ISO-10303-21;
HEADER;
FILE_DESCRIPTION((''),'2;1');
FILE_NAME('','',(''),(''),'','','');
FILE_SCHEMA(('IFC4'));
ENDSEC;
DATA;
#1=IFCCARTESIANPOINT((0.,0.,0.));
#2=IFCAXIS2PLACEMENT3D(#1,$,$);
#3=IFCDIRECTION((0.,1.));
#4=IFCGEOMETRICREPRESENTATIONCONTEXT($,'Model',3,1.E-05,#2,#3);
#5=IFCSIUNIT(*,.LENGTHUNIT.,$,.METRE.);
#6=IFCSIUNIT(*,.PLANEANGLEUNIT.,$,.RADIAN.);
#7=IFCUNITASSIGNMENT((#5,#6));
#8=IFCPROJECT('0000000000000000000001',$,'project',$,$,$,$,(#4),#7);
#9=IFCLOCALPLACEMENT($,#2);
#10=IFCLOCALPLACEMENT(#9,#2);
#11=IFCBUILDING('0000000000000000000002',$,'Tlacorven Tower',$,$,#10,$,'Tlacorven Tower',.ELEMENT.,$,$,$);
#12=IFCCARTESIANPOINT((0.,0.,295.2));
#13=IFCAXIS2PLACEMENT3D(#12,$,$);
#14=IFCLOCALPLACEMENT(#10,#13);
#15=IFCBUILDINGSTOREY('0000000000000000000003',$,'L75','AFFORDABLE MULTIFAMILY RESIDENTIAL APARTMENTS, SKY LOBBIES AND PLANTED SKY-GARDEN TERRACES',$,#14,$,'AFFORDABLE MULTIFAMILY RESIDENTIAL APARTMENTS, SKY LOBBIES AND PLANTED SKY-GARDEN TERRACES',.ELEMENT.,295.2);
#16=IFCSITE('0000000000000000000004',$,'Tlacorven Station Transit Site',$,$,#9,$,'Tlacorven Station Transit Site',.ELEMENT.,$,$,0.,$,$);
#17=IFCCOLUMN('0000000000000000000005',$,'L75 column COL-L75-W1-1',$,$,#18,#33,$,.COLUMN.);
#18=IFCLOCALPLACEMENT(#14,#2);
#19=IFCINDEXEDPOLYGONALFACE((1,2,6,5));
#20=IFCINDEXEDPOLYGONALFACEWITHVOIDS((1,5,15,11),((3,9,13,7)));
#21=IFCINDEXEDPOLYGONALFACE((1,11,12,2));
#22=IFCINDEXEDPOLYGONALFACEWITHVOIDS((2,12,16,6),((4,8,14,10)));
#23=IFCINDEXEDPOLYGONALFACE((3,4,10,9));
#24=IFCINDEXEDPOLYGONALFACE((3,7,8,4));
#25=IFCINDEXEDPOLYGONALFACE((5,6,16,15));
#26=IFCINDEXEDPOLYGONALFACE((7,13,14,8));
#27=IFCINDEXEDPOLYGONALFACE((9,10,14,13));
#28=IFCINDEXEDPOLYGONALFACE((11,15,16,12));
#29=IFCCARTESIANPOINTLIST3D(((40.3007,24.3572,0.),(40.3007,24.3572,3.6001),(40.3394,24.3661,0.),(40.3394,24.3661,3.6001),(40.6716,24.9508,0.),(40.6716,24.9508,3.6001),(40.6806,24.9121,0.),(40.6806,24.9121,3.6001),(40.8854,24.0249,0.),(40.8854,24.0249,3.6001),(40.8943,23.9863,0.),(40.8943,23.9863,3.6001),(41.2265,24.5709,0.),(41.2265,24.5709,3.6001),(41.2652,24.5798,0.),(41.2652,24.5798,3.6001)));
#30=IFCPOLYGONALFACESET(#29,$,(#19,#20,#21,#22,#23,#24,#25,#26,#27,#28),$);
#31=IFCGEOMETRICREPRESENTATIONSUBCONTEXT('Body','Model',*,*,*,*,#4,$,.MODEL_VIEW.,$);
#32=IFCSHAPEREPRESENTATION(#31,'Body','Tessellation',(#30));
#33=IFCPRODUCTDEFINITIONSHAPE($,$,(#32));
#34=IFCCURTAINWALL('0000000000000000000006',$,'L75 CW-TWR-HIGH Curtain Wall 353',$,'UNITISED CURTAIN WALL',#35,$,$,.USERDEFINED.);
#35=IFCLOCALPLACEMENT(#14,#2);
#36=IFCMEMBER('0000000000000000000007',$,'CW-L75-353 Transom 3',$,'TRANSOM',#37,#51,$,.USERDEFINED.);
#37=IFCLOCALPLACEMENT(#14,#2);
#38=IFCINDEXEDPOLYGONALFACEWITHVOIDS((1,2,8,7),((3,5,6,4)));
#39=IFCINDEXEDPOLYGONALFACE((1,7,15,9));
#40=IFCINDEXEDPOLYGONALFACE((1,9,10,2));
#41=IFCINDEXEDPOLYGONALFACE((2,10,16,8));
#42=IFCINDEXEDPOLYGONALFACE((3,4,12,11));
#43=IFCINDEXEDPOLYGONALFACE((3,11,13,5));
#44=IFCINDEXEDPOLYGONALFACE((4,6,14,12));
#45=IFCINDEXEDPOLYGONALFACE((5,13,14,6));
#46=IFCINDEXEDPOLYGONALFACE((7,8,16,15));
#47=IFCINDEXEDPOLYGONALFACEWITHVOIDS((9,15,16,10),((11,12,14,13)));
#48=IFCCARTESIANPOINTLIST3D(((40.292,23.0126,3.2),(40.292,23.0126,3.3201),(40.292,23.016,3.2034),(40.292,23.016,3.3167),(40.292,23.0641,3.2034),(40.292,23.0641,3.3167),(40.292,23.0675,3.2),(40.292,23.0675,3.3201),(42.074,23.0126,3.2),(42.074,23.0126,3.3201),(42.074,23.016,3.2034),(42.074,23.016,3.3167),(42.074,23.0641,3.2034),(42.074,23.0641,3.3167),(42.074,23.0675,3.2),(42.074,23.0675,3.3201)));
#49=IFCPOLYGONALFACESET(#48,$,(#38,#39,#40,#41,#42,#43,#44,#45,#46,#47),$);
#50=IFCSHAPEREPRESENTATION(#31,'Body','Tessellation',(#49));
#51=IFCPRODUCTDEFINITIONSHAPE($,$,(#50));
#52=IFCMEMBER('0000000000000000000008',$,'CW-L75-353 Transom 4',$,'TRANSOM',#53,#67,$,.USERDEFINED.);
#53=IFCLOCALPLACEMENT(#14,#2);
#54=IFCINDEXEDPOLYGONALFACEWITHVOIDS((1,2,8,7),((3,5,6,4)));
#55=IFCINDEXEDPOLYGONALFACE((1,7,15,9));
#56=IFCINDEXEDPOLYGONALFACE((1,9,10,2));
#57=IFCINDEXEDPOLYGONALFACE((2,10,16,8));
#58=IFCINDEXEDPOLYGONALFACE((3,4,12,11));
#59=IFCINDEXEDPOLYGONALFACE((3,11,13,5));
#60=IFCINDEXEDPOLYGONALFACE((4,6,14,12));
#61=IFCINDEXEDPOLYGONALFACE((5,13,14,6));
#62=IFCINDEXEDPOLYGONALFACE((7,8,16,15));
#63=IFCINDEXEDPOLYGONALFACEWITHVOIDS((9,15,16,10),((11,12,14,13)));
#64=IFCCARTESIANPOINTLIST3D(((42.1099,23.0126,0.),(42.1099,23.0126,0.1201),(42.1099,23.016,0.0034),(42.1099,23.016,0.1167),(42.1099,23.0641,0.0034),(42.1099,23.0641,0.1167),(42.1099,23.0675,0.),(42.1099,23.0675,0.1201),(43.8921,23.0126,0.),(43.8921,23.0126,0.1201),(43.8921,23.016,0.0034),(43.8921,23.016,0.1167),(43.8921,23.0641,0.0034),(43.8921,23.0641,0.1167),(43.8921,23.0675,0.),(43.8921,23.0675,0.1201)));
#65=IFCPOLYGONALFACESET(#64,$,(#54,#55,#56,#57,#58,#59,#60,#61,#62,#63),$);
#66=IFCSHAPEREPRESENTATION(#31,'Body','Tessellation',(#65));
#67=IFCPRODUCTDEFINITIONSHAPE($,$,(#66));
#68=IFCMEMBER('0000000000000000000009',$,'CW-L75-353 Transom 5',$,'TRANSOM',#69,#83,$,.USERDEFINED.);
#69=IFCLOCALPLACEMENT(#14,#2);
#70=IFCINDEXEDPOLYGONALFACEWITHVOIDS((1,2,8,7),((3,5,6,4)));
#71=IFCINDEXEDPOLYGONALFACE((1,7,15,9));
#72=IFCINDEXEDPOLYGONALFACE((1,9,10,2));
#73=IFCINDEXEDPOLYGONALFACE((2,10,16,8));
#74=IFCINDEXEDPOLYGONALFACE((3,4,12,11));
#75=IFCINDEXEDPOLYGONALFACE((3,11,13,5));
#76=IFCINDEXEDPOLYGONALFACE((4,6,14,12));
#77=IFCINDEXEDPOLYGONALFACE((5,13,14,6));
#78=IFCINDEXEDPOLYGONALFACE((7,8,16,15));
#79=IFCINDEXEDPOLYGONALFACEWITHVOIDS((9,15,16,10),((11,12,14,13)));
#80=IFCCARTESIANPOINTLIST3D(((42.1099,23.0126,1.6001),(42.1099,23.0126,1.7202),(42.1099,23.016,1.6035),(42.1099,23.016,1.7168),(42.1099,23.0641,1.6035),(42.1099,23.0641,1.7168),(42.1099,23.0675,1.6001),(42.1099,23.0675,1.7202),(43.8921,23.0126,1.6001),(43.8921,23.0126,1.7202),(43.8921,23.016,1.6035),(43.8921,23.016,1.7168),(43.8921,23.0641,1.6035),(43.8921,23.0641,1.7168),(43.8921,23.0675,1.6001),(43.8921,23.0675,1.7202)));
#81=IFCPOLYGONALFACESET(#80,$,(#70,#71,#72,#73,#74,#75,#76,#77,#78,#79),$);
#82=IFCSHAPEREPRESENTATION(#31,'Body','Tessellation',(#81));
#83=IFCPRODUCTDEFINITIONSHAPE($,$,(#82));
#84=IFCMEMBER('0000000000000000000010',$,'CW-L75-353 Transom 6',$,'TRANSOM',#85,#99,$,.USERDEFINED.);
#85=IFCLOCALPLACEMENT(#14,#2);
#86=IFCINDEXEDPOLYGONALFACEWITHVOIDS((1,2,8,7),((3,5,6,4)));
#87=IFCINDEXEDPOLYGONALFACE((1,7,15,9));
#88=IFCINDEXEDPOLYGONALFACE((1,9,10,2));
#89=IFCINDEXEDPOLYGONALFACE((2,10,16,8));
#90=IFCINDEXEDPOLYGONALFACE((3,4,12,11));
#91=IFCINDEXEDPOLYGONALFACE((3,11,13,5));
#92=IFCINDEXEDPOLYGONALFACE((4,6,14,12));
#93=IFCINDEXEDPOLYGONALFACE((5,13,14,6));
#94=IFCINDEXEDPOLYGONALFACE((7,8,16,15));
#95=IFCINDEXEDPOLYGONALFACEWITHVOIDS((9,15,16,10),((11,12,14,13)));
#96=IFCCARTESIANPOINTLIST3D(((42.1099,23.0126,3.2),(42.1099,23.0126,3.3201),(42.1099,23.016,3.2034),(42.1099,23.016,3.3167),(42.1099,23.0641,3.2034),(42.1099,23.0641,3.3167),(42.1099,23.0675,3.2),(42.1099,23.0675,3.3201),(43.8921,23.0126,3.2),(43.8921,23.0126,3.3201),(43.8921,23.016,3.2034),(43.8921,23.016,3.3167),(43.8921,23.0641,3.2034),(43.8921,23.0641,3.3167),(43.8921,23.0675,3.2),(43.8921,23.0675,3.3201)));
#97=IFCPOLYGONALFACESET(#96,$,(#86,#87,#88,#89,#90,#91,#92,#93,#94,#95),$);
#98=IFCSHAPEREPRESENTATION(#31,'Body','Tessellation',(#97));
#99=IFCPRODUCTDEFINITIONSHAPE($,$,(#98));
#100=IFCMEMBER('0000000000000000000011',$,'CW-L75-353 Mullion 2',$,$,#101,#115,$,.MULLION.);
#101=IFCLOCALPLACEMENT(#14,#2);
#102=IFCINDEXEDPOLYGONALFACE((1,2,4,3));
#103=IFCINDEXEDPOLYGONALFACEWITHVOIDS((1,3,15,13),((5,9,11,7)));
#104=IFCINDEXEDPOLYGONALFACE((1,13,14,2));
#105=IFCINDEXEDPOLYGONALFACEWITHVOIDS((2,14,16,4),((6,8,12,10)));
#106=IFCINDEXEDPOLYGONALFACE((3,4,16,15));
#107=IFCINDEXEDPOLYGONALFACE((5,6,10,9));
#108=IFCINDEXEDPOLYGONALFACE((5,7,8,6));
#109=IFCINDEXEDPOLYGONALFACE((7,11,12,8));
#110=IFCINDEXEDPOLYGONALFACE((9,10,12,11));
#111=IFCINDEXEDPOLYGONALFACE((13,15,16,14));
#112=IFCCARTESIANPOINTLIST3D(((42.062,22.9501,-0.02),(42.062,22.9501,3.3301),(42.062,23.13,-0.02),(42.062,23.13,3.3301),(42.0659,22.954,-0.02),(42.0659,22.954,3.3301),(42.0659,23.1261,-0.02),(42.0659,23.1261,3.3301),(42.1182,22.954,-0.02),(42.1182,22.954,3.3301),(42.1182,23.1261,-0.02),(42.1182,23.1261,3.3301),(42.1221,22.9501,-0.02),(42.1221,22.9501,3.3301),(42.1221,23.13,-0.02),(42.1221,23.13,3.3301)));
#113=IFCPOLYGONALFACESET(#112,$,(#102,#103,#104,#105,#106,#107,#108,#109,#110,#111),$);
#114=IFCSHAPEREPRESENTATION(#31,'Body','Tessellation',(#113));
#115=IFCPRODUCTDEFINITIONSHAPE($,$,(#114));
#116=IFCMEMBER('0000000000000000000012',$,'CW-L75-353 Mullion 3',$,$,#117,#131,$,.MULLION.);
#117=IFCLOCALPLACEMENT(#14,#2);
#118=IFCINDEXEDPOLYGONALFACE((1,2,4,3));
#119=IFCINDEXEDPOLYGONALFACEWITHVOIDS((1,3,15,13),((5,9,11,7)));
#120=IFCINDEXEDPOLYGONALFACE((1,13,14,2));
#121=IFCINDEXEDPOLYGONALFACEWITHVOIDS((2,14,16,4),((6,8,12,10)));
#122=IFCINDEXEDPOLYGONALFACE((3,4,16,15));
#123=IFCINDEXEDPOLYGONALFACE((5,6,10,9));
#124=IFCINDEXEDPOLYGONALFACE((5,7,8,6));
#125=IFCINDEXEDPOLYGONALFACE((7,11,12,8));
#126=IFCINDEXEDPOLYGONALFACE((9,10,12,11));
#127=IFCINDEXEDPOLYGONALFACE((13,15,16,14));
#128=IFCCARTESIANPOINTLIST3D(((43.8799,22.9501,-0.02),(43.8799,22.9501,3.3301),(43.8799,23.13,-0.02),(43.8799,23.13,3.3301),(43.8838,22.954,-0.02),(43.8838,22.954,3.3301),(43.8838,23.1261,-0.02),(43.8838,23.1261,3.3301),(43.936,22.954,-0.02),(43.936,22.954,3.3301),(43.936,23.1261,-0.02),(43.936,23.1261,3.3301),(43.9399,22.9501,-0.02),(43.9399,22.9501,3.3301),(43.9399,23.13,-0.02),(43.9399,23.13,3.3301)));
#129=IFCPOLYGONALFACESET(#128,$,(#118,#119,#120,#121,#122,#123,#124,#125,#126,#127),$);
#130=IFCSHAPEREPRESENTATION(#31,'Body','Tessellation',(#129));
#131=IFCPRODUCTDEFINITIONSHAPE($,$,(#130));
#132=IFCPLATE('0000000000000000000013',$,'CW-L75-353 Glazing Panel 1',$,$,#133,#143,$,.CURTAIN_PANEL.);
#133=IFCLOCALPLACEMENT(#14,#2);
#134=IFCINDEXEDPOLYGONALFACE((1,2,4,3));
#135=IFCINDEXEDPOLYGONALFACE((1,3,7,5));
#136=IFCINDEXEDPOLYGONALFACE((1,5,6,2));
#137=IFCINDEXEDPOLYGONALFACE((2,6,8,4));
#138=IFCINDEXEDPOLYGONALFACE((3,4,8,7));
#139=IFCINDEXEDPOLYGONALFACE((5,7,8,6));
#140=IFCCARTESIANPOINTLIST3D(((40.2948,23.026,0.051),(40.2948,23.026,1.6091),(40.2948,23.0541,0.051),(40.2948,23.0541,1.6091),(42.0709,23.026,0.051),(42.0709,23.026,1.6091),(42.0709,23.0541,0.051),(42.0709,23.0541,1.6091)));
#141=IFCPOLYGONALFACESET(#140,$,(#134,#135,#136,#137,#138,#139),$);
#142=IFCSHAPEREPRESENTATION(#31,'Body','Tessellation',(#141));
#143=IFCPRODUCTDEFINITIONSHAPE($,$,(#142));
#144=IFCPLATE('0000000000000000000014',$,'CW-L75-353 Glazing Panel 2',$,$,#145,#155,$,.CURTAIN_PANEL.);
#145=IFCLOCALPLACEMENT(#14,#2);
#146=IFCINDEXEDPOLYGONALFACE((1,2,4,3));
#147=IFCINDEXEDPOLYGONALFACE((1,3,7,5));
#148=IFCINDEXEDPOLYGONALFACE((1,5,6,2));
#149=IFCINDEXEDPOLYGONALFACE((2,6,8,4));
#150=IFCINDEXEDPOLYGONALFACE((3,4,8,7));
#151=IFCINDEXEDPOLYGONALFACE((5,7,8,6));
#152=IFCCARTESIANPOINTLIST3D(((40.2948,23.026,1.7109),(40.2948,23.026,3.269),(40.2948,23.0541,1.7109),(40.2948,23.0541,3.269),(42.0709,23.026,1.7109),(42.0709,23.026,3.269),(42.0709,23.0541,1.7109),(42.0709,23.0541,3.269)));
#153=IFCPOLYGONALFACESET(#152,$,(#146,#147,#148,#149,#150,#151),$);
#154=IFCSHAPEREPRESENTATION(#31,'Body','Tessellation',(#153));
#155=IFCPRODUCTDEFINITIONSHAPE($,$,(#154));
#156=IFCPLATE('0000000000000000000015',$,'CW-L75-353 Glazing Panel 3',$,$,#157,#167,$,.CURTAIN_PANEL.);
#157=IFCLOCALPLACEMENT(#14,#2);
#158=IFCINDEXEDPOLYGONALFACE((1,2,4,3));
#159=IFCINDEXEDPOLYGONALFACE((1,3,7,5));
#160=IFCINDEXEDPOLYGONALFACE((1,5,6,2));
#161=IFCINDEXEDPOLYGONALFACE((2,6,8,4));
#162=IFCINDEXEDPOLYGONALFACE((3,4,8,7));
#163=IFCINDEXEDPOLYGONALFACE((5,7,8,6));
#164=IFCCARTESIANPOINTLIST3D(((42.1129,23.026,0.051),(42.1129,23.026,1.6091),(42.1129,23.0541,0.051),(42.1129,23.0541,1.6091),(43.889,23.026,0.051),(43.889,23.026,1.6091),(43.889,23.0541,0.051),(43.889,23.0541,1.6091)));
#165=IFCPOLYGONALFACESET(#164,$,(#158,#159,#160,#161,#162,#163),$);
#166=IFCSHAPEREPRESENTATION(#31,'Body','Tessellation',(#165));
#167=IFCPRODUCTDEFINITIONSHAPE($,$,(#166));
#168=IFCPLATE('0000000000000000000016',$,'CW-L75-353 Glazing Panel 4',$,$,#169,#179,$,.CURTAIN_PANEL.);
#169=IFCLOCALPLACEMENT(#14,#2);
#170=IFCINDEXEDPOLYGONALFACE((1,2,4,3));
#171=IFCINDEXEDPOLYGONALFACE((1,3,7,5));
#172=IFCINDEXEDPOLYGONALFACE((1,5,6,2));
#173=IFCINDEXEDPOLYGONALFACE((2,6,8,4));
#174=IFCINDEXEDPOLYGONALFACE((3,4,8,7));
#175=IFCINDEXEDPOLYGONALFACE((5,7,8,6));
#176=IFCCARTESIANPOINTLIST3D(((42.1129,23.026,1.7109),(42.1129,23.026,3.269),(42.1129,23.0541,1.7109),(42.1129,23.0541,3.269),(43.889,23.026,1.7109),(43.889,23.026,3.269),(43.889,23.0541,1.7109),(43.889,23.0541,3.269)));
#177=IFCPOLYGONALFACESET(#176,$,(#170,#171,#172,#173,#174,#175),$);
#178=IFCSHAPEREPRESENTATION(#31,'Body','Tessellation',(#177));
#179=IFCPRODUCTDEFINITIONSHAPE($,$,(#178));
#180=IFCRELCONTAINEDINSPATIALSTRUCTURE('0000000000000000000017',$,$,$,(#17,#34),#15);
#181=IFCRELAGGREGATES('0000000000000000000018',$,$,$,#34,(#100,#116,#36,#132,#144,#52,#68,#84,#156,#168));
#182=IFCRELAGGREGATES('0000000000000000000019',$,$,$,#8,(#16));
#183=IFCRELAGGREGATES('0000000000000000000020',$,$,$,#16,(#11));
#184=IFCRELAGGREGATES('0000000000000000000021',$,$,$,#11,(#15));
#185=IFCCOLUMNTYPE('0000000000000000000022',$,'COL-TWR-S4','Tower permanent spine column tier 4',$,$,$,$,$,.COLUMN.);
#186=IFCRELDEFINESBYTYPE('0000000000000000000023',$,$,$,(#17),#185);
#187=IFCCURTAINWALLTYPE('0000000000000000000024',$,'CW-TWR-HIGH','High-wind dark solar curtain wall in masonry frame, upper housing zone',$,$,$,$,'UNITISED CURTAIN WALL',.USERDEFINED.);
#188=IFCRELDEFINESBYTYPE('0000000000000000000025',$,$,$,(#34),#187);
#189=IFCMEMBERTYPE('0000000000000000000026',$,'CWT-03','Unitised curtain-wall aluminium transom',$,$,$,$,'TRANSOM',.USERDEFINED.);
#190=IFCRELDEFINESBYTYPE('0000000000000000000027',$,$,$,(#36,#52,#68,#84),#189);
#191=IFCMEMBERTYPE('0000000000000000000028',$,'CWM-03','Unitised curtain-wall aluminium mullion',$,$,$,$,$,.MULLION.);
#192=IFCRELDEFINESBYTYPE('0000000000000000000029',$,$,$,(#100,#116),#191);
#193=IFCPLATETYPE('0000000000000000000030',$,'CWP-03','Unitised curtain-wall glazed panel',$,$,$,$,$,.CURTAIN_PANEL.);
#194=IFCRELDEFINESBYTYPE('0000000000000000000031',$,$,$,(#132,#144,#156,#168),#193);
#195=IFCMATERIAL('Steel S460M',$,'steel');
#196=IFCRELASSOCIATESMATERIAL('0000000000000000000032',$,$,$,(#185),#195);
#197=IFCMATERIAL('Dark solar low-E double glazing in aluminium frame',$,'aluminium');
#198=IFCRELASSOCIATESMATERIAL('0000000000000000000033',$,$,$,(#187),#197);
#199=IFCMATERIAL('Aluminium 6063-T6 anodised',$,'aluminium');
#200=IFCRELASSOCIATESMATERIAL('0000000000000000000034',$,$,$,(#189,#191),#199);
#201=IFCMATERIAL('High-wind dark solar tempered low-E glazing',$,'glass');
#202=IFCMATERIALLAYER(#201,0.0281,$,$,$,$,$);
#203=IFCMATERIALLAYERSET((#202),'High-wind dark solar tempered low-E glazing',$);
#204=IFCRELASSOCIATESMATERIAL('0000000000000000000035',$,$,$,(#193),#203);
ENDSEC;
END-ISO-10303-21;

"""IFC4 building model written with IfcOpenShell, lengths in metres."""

from ifc_helpers import new_model, si_unit, direction, frame, origin, origin_2d, place, context, subcontext, project, spatial, rectangle, hollow_rectangle, extrude, source, transform, mapped, material, layer, layer_set, material_profile, profile_set, type_object, element, aggregate, save


model = new_model("IFC4")

# Units and contexts
model_context = context("Model", 3, precision=1e-05, world=origin(), true_north=direction((0.0, 1.0)))
body_context = subcontext(model_context, "Body", "Model", "MODEL_VIEW")
ifc_project = project(units=[si_unit("LENGTHUNIT", "METRE"), si_unit("PLANEANGLEUNIT", "RADIAN")], contexts=[model_context])

# Site, building, storey
site_placement = place(None, origin())
site = spatial("IfcSite", under=ifc_project, at=site_placement, Name="Tlacorven Station Transit Site", LongName="Tlacorven Station Transit Site", CompositionType="ELEMENT", RefElevation=0.0)
building_placement = place(site_placement, origin())
building = spatial("IfcBuilding", under=site, at=building_placement, Name="Tlacorven Tower", LongName="Tlacorven Tower", CompositionType="ELEMENT")
storey_placement = place(building_placement, frame((0.0, 0.0, 295.2)))
storey = spatial("IfcBuildingStorey", under=building, at=storey_placement, Name="L75", Description="AFFORDABLE MULTIFAMILY RESIDENTIAL APARTMENTS, SKY LOBBIES AND PLANTED SKY-GARDEN TERRACES", LongName="AFFORDABLE MULTIFAMILY RESIDENTIAL APARTMENTS, SKY LOBBIES AND PLANTED SKY-GARDEN TERRACES", CompositionType="ELEMENT", Elevation=295.2)

# Column
ifc_material_1 = material(Name="Steel S460M", Category="steel")
ifc_material_profile_1 = material_profile(ifc_material_1, hollow_rectangle(XDim=0.7, YDim=0.7, WallThickness=0.0281, at=origin_2d()), Name="BOX 700X700X28")
ifc_profile_set_1 = profile_set([ifc_material_profile_1], Name="Steel S460M")
column_type = type_object("IfcColumnType", Name="COL-TWR-S4", Description="Tower permanent spine column tier 4", PredefinedType="COLUMN", material=ifc_profile_set_1)
shared_shape_1 = source(origin(), body_context, "Body", "SweptSolid", [
    extrude(hollow_rectangle(XDim=0.7, YDim=0.7, WallThickness=0.0281, at=origin_2d()), origin(), (0.0, 0.0, 1.0), 3.6001),
])
column_placement = place(storey_placement, frame((40.783, 24.4685, 0.0), z_axis=(0.0, 0.0, 1.0), x_axis=(-0.848048, 0.529919, 0.0)))
element("IfcColumn", 1, at=column_placement, inside=storey, type_object=column_type, Name="L75 column COL-L75-W1-1", PredefinedType="COLUMN", context=body_context, shape_type="MappedRepresentation", body=[
    mapped(shared_shape_1, transform((0.0, 0.0, 0.0), scale=1.0)),
])

# Curtain wall, members, plates
ifc_material_2 = material(Name="Dark solar low-E double glazing in aluminium frame", Category="aluminium")
curtain_wall_type = type_object("IfcCurtainWallType", Name="CW-TWR-HIGH", Description="High-wind dark solar curtain wall in masonry frame, upper housing zone", ElementType="UNITISED CURTAIN WALL", PredefinedType="USERDEFINED", material=ifc_material_2)
curtain_wall_placement = place(storey_placement, origin())
curtain_wall = element("IfcCurtainWall", 2, at=curtain_wall_placement, inside=storey, type_object=curtain_wall_type, Name="L75 CW-TWR-HIGH Curtain Wall 353", ObjectType="UNITISED CURTAIN WALL", PredefinedType="USERDEFINED")
ifc_material_3 = material(Name="Aluminium 6063-T6 anodised", Category="aluminium")
ifc_material_profile_2 = material_profile(ifc_material_3, hollow_rectangle(XDim=0.0549, YDim=0.1201, WallThickness=0.0034, at=origin_2d()), Name="ALU TRANSOM 55X120")
ifc_profile_set_2 = profile_set([ifc_material_profile_2], Name="Aluminium 6063-T6 anodised")
member_type_1 = type_object("IfcMemberType", Name="CWT-03", Description="Unitised curtain-wall aluminium transom", ElementType="TRANSOM", PredefinedType="USERDEFINED", material=ifc_profile_set_2)
shared_shape_2 = source(origin(), body_context, "Body", "SweptSolid", [
    extrude(hollow_rectangle(XDim=0.0549, YDim=0.1201, WallThickness=0.0034, at=origin_2d()), origin(), (0.0, 0.0, 1.0), 1.782),
])
member_1_placement = place(storey_placement, frame((40.292, 23.04, 3.26), z_axis=(1.0, 0.0, 0.0), x_axis=(0.0, 1.0, 0.0)))
member_1 = element("IfcMember", 3, at=member_1_placement, type_object=member_type_1, Name="CW-L75-353 Transom 3", ObjectType="TRANSOM", PredefinedType="USERDEFINED", context=body_context, shape_type="MappedRepresentation", body=[
    mapped(shared_shape_2, transform((0.0, 0.0, 0.0), scale=1.0)),
])
shared_shape_3 = source(origin(), body_context, "Body", "SweptSolid", [
    extrude(hollow_rectangle(XDim=0.0549, YDim=0.1201, WallThickness=0.0034, at=origin_2d()), origin(), (0.0, 0.0, 1.0), 1.7822),
])
member_2_placement = place(storey_placement, frame((42.1099, 23.04, 0.0601), z_axis=(1.0, 0.0, 0.0), x_axis=(0.0, 1.0, 0.0)))
member_2 = element("IfcMember", 4, at=member_2_placement, type_object=member_type_1, Name="CW-L75-353 Transom 4", ObjectType="TRANSOM", PredefinedType="USERDEFINED", context=body_context, shape_type="MappedRepresentation", body=[
    mapped(shared_shape_3, transform((0.0, 0.0, 0.0), scale=1.0)),
])
member_3_placement = place(storey_placement, frame((42.1099, 23.04, 1.6602), z_axis=(1.0, 0.0, 0.0), x_axis=(0.0, 1.0, 0.0)))
member_3 = element("IfcMember", 5, at=member_3_placement, type_object=member_type_1, Name="CW-L75-353 Transom 5", ObjectType="TRANSOM", PredefinedType="USERDEFINED", context=body_context, shape_type="MappedRepresentation", body=[
    mapped(shared_shape_3, transform((0.0, 0.0, 0.0), scale=1.0)),
])
member_4_placement = place(storey_placement, frame((42.1099, 23.04, 3.26), z_axis=(1.0, 0.0, 0.0), x_axis=(0.0, 1.0, 0.0)))
member_4 = element("IfcMember", 6, at=member_4_placement, type_object=member_type_1, Name="CW-L75-353 Transom 6", ObjectType="TRANSOM", PredefinedType="USERDEFINED", context=body_context, shape_type="MappedRepresentation", body=[
    mapped(shared_shape_3, transform((0.0, 0.0, 0.0), scale=1.0)),
])
ifc_material_profile_3 = material_profile(ifc_material_3, hollow_rectangle(XDim=0.0601, YDim=0.1799, WallThickness=0.0039, at=origin_2d()), Name="ALU MULLION 60X180")
ifc_profile_set_3 = profile_set([ifc_material_profile_3], Name="Aluminium 6063-T6 anodised")
member_type_2 = type_object("IfcMemberType", Name="CWM-03", Description="Unitised curtain-wall aluminium mullion", PredefinedType="MULLION", material=ifc_profile_set_3)
shared_shape_4 = source(origin(), body_context, "Body", "SweptSolid", [
    extrude(hollow_rectangle(XDim=0.0601, YDim=0.1799, WallThickness=0.0039, at=origin_2d()), origin(), (0.0, 0.0, 1.0), 3.3501),
])
member_5_placement = place(storey_placement, frame((42.092, 23.04, -0.02), z_axis=(0.0, 0.0, 1.0), x_axis=(1.0, 0.0, 0.0)))
member_5 = element("IfcMember", 7, at=member_5_placement, type_object=member_type_2, Name="CW-L75-353 Mullion 2", PredefinedType="MULLION", context=body_context, shape_type="MappedRepresentation", body=[
    mapped(shared_shape_4, transform((0.0, 0.0, 0.0), scale=1.0)),
])
member_6_placement = place(storey_placement, frame((43.9099, 23.04, -0.02), z_axis=(0.0, 0.0, 1.0), x_axis=(1.0, 0.0, 0.0)))
member_6 = element("IfcMember", 8, at=member_6_placement, type_object=member_type_2, Name="CW-L75-353 Mullion 3", PredefinedType="MULLION", context=body_context, shape_type="MappedRepresentation", body=[
    mapped(shared_shape_4, transform((0.0, 0.0, 0.0), scale=1.0)),
])
ifc_material_4 = material(Name="High-wind dark solar tempered low-E glazing", Category="glass")
ifc_layer_1 = layer(ifc_material_4, 0.0281)
ifc_layer_set_1 = layer_set([ifc_layer_1], Name="High-wind dark solar tempered low-E glazing")
plate_type = type_object("IfcPlateType", Name="CWP-03", Description="Unitised curtain-wall glazed panel", PredefinedType="CURTAIN_PANEL", material=ifc_layer_set_1)
shared_shape_5 = source(origin(), body_context, "Body", "SweptSolid", [
    extrude(rectangle(XDim=1.7761, YDim=0.0281, at=origin_2d()), origin(), (0.0, 0.0, 1.0), 1.5581),
])
plate_1_placement = place(storey_placement, frame((41.1829, 23.04, 0.051), z_axis=(0.0, 0.0, 1.0), x_axis=(1.0, 0.0, 0.0)))
plate_1 = element("IfcPlate", 9, at=plate_1_placement, type_object=plate_type, Name="CW-L75-353 Glazing Panel 1", PredefinedType="CURTAIN_PANEL", context=body_context, shape_type="MappedRepresentation", body=[
    mapped(shared_shape_5, transform((0.0, 0.0, 0.0), scale=1.0)),
])
plate_2_placement = place(storey_placement, frame((41.1829, 23.04, 1.7109), z_axis=(0.0, 0.0, 1.0), x_axis=(1.0, 0.0, 0.0)))
plate_2 = element("IfcPlate", 10, at=plate_2_placement, type_object=plate_type, Name="CW-L75-353 Glazing Panel 2", PredefinedType="CURTAIN_PANEL", context=body_context, shape_type="MappedRepresentation", body=[
    mapped(shared_shape_5, transform((0.0, 0.0, 0.0), scale=1.0)),
])
plate_3_placement = place(storey_placement, frame((43.001, 23.04, 0.051), z_axis=(0.0, 0.0, 1.0), x_axis=(1.0, 0.0, 0.0)))
plate_3 = element("IfcPlate", 11, at=plate_3_placement, type_object=plate_type, Name="CW-L75-353 Glazing Panel 3", PredefinedType="CURTAIN_PANEL", context=body_context, shape_type="MappedRepresentation", body=[
    mapped(shared_shape_5, transform((0.0, 0.0, 0.0), scale=1.0)),
])
plate_4_placement = place(storey_placement, frame((43.001, 23.04, 1.7109), z_axis=(0.0, 0.0, 1.0), x_axis=(1.0, 0.0, 0.0)))
plate_4 = element("IfcPlate", 12, at=plate_4_placement, type_object=plate_type, Name="CW-L75-353 Glazing Panel 4", PredefinedType="CURTAIN_PANEL", context=body_context, shape_type="MappedRepresentation", body=[
    mapped(shared_shape_5, transform((0.0, 0.0, 0.0), scale=1.0)),
])
aggregate(curtain_wall, [member_5, member_6, member_1, plate_1, plate_2, member_2, member_3, member_4, plate_3, plate_4])

save(model, "model.ifc")
